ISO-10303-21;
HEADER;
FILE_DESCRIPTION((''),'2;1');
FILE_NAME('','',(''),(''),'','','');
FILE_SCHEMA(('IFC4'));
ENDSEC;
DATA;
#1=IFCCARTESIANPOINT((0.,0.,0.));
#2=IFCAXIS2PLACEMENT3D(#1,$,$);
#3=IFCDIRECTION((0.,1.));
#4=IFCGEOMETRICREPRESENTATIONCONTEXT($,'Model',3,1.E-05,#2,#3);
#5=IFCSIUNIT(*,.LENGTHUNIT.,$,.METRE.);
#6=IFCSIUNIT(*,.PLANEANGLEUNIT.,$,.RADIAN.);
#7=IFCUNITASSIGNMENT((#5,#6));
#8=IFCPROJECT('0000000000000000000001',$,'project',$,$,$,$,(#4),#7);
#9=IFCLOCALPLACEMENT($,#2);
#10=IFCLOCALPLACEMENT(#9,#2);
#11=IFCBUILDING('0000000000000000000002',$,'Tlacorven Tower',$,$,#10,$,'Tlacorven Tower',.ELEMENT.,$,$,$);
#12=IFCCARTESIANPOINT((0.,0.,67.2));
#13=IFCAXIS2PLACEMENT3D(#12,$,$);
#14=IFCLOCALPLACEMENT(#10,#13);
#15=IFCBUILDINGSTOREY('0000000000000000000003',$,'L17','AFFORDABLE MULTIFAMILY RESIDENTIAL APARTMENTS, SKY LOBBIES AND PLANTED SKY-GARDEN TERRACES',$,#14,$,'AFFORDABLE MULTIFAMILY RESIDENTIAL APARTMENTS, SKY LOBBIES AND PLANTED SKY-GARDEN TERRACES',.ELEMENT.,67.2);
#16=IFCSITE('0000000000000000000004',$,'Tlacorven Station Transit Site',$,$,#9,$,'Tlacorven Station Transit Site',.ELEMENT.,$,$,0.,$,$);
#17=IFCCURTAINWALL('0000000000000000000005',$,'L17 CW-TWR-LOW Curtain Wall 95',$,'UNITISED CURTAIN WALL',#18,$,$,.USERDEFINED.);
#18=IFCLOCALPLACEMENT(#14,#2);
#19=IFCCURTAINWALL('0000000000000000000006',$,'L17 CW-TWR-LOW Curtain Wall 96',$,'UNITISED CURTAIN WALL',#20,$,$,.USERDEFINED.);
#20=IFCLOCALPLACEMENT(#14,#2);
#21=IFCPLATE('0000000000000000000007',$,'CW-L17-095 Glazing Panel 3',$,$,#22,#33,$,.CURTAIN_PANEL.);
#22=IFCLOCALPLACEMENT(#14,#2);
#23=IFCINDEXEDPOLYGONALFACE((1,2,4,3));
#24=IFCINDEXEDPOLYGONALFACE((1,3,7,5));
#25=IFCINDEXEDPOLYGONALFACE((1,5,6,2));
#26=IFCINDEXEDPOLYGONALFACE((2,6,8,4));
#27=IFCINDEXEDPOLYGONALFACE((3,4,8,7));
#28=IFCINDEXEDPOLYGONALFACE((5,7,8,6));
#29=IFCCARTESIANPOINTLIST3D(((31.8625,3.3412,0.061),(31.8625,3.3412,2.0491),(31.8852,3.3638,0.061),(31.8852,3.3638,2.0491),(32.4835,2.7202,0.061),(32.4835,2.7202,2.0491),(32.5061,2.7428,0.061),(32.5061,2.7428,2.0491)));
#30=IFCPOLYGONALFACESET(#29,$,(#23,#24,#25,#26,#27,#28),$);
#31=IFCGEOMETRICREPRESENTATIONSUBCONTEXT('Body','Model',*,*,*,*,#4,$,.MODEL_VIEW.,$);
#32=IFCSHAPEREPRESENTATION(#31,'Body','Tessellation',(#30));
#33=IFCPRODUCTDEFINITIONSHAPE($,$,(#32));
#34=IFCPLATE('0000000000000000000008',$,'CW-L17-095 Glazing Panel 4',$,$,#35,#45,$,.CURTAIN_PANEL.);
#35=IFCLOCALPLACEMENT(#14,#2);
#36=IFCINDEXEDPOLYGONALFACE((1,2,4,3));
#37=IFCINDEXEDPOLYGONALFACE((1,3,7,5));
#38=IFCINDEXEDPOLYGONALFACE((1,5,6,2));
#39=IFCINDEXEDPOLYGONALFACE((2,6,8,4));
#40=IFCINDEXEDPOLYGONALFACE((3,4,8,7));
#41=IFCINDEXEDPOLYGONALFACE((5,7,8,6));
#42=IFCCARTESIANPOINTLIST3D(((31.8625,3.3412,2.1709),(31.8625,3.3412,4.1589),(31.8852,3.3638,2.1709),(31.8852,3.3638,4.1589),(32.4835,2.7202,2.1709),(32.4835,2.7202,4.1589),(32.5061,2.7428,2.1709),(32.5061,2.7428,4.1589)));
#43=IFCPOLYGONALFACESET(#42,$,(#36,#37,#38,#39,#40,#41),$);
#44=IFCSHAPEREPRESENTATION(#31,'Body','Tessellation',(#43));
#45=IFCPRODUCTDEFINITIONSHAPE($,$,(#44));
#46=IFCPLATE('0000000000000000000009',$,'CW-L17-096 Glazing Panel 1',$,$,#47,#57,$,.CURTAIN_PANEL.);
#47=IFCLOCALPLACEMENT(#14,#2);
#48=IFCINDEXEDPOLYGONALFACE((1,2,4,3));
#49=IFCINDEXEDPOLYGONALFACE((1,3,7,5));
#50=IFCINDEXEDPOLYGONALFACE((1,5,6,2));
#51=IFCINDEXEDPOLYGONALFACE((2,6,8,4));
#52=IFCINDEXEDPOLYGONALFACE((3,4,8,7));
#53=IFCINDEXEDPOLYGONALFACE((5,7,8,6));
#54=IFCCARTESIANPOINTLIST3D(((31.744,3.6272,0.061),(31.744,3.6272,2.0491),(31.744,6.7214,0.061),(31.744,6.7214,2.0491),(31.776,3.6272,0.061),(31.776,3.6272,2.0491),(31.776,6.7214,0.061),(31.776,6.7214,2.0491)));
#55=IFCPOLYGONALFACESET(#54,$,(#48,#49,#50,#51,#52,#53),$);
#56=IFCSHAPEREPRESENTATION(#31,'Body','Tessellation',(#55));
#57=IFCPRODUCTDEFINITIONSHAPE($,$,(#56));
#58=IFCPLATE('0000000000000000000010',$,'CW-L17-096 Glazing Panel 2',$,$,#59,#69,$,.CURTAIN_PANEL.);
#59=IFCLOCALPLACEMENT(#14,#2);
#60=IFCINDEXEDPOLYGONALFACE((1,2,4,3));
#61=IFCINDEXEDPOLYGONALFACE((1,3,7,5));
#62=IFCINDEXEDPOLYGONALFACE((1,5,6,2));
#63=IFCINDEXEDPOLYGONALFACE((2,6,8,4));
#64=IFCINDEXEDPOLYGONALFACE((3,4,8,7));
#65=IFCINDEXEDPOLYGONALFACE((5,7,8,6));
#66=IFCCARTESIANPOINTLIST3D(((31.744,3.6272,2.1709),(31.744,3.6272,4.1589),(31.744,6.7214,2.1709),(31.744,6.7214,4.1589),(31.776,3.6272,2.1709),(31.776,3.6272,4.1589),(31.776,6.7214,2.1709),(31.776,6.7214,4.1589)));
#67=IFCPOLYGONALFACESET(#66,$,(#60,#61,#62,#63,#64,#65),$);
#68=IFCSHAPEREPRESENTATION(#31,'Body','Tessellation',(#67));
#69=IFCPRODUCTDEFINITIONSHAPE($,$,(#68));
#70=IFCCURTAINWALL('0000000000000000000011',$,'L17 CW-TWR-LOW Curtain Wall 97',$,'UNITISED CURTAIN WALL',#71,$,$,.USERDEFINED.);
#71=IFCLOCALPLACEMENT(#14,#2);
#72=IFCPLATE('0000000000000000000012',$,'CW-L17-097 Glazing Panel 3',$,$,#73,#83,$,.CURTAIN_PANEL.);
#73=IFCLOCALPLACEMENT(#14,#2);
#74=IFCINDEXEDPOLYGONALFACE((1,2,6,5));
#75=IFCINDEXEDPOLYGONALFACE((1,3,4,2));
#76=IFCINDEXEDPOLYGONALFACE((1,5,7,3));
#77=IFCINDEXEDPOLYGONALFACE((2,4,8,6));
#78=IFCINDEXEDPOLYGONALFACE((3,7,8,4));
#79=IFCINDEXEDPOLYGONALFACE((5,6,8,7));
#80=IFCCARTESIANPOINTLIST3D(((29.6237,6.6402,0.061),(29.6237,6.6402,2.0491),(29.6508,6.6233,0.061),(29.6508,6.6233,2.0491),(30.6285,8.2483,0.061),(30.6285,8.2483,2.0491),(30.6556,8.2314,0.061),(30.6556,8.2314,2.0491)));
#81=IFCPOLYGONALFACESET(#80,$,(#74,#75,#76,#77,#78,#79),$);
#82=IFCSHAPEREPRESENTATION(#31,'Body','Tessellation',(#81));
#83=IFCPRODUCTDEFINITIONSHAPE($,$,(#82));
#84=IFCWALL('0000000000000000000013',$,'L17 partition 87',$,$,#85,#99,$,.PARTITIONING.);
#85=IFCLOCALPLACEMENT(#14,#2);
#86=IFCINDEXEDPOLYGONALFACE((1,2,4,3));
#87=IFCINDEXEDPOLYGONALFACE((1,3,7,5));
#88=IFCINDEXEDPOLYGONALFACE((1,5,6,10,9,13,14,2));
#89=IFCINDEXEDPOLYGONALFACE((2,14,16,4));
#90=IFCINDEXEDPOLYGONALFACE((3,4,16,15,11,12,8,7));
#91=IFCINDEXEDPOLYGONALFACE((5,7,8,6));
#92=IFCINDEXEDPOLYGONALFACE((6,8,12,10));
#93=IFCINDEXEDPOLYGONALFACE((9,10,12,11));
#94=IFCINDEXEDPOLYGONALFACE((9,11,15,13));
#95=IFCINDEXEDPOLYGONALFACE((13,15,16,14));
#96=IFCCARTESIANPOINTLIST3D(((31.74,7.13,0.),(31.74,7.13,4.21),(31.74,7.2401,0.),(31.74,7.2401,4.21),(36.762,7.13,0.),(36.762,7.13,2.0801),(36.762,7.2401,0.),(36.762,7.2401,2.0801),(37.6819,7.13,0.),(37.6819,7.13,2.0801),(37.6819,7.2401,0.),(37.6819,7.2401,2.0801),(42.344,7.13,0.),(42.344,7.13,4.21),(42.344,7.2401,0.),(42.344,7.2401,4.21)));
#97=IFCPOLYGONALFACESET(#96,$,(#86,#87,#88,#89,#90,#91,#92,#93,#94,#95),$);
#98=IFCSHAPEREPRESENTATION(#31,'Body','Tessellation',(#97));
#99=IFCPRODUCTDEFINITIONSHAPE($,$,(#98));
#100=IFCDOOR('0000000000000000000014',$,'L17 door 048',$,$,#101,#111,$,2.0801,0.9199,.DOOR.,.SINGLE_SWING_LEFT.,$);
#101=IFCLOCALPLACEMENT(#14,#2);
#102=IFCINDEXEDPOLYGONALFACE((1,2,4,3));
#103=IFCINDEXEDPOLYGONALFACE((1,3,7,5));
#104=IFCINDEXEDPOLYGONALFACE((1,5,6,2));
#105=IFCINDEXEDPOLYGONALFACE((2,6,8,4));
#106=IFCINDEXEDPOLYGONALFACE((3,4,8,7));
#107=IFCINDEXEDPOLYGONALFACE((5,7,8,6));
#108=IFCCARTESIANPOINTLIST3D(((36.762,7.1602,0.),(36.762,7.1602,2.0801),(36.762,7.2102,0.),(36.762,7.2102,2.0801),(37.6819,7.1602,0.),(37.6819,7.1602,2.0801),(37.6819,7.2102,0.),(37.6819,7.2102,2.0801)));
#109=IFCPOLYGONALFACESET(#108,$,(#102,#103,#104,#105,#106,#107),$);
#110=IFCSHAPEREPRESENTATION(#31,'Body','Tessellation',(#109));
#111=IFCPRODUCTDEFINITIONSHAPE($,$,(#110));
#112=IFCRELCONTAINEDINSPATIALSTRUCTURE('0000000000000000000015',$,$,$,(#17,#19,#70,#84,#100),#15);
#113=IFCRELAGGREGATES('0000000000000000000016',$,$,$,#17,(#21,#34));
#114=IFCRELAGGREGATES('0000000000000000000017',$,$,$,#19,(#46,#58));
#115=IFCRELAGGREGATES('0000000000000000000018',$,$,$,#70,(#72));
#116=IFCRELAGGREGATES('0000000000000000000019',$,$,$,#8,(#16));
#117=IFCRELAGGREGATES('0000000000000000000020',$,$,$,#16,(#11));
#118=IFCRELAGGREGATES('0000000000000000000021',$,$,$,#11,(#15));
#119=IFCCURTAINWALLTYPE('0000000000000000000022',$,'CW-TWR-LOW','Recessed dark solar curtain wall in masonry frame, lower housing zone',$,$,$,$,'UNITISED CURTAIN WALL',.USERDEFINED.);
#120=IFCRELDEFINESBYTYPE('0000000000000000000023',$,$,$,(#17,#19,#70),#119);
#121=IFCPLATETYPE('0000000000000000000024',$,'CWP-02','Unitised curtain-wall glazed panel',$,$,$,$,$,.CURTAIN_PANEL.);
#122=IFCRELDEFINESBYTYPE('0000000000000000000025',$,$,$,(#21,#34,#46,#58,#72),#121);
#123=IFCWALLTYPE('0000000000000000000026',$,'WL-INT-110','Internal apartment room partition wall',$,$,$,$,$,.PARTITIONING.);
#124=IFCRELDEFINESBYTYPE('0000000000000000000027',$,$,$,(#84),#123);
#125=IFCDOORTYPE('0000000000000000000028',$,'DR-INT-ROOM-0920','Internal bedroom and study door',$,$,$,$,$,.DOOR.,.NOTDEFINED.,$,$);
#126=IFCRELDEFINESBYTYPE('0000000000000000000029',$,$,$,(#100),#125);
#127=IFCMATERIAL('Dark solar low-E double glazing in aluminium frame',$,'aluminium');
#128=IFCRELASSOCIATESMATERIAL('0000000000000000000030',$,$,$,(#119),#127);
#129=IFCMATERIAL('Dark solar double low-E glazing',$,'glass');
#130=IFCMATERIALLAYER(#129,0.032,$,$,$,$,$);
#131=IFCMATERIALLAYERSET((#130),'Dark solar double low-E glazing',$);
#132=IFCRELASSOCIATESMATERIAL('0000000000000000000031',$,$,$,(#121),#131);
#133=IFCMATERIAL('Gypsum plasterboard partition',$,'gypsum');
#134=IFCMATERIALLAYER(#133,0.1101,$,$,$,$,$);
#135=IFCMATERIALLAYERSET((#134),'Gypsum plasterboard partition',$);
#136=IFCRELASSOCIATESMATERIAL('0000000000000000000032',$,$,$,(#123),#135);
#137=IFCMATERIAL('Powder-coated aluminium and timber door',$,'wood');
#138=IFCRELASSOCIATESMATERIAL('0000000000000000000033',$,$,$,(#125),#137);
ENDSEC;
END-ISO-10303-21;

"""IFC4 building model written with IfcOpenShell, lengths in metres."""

from ifc_helpers import new_model, si_unit, direction, frame, frame_2d, origin, origin_2d, place, context, subcontext, project, spatial, rectangle, extrude, source, transform, mapped, material, layer, layer_set, type_object, element, fill, aggregate, save


model = new_model("IFC4")

# Units and contexts
model_context = context("Model", 3, precision=1e-05, world=origin(), true_north=direction((0.0, 1.0)))
body_context = subcontext(model_context, "Body", "Model", "MODEL_VIEW")
ifc_project = project(units=[si_unit("LENGTHUNIT", "METRE"), si_unit("PLANEANGLEUNIT", "RADIAN")], contexts=[model_context])

# Site, building, storey
site_placement = place(None, origin())
site = spatial("IfcSite", under=ifc_project, at=site_placement, Name="Tlacorven Station Transit Site", LongName="Tlacorven Station Transit Site", CompositionType="ELEMENT", RefElevation=0.0)
building_placement = place(site_placement, origin())
building = spatial("IfcBuilding", under=site, at=building_placement, Name="Tlacorven Tower", LongName="Tlacorven Tower", CompositionType="ELEMENT")
storey_placement = place(building_placement, frame((0.0, 0.0, 67.2)))
storey = spatial("IfcBuildingStorey", under=building, at=storey_placement, Name="L17", Description="AFFORDABLE MULTIFAMILY RESIDENTIAL APARTMENTS, SKY LOBBIES AND PLANTED SKY-GARDEN TERRACES", LongName="AFFORDABLE MULTIFAMILY RESIDENTIAL APARTMENTS, SKY LOBBIES AND PLANTED SKY-GARDEN TERRACES", CompositionType="ELEMENT", Elevation=67.2)

# Curtain walls
ifc_material_1 = material(Name="Dark solar low-E double glazing in aluminium frame", Category="aluminium")
curtain_wall_type = type_object("IfcCurtainWallType", Name="CW-TWR-LOW", Description="Recessed dark solar curtain wall in masonry frame, lower housing zone", ElementType="UNITISED CURTAIN WALL", PredefinedType="USERDEFINED", material=ifc_material_1)
curtain_wall_1_placement = place(storey_placement, origin())
curtain_wall_1 = element("IfcCurtainWall", 1, at=curtain_wall_1_placement, inside=storey, type_object=curtain_wall_type, Name="L17 CW-TWR-LOW Curtain Wall 95", ObjectType="UNITISED CURTAIN WALL", PredefinedType="USERDEFINED")
curtain_wall_2_placement = place(storey_placement, origin())
curtain_wall_2 = element("IfcCurtainWall", 2, at=curtain_wall_2_placement, inside=storey, type_object=curtain_wall_type, Name="L17 CW-TWR-LOW Curtain Wall 96", ObjectType="UNITISED CURTAIN WALL", PredefinedType="USERDEFINED")

# Plates
ifc_material_2 = material(Name="Dark solar double low-E glazing", Category="glass")
ifc_layer_1 = layer(ifc_material_2, 0.032)
ifc_layer_set_1 = layer_set([ifc_layer_1], Name="Dark solar double low-E glazing")
plate_type_1 = type_object("IfcPlateType", Name="CWP-02", Description="Unitised curtain-wall glazed panel", PredefinedType="CURTAIN_PANEL", material=ifc_layer_set_1)
shared_shape_1 = source(origin(), body_context, "Body", "SweptSolid", [
    extrude(rectangle(XDim=0.8782, YDim=0.032, at=origin_2d()), origin(), (0.0, 0.0, 1.0), 1.988),
])
plate_1_placement = place(storey_placement, frame((32.1843, 3.042, 0.061), z_axis=(0.0, 0.0, 1.0), x_axis=(-0.707107, 0.707107, 0.0)))
plate_1 = element("IfcPlate", 3, at=plate_1_placement, type_object=plate_type_1, Name="CW-L17-095 Glazing Panel 3", PredefinedType="CURTAIN_PANEL", context=body_context, shape_type="MappedRepresentation", body=[
    mapped(shared_shape_1, transform((0.0, 0.0, 0.0), scale=1.0)),
])
plate_2_placement = place(storey_placement, frame((32.1843, 3.042, 2.1709), z_axis=(0.0, 0.0, 1.0), x_axis=(-0.707107, 0.707107, 0.0)))
plate_2 = element("IfcPlate", 4, at=plate_2_placement, type_object=plate_type_1, Name="CW-L17-095 Glazing Panel 4", PredefinedType="CURTAIN_PANEL", context=body_context, shape_type="MappedRepresentation", body=[
    mapped(shared_shape_1, transform((0.0, 0.0, 0.0), scale=1.0)),
])
aggregate(curtain_wall_1, [plate_1, plate_2])
shared_shape_2 = source(origin(), body_context, "Body", "SweptSolid", [
    extrude(rectangle(XDim=3.0942, YDim=0.032, at=origin_2d()), origin(), (0.0, 0.0, 1.0), 1.988),
])
plate_3_placement = place(storey_placement, frame((31.76, 5.1743, 0.061), z_axis=(0.0, 0.0, 1.0), x_axis=(0.0, 1.0, 0.0)))
plate_3 = element("IfcPlate", 5, at=plate_3_placement, type_object=plate_type_1, Name="CW-L17-096 Glazing Panel 1", PredefinedType="CURTAIN_PANEL", context=body_context, shape_type="MappedRepresentation", body=[
    mapped(shared_shape_2, transform((0.0, 0.0, 0.0), scale=1.0)),
])
plate_4_placement = place(storey_placement, frame((31.76, 5.1743, 2.1709), z_axis=(0.0, 0.0, 1.0), x_axis=(0.0, 1.0, 0.0)))
plate_4 = element("IfcPlate", 6, at=plate_4_placement, type_object=plate_type_1, Name="CW-L17-096 Glazing Panel 2", PredefinedType="CURTAIN_PANEL", context=body_context, shape_type="MappedRepresentation", body=[
    mapped(shared_shape_2, transform((0.0, 0.0, 0.0), scale=1.0)),
])
aggregate(curtain_wall_2, [plate_3, plate_4])

# Curtain wall, plate
curtain_wall_3_placement = place(storey_placement, origin())
curtain_wall_3 = element("IfcCurtainWall", 7, at=curtain_wall_3_placement, inside=storey, type_object=curtain_wall_type, Name="L17 CW-TWR-LOW Curtain Wall 97", ObjectType="UNITISED CURTAIN WALL", PredefinedType="USERDEFINED")
shared_shape_3 = source(origin(), body_context, "Body", "SweptSolid", [
    extrude(rectangle(XDim=1.8962, YDim=0.032, at=origin_2d()), origin(), (0.0, 0.0, 1.0), 1.988),
])
plate_5_placement = place(storey_placement, frame((30.1396, 7.4358, 0.061), z_axis=(0.0, 0.0, 1.0), x_axis=(-0.529919, -0.848048, 0.0)))
plate_5 = element("IfcPlate", 8, at=plate_5_placement, type_object=plate_type_1, Name="CW-L17-097 Glazing Panel 3", PredefinedType="CURTAIN_PANEL", context=body_context, shape_type="MappedRepresentation", body=[
    mapped(shared_shape_3, transform((0.0, 0.0, 0.0), scale=1.0)),
])
aggregate(curtain_wall_3, [plate_5])

# Wall, opening, door
ifc_material_3 = material(Name="Gypsum plasterboard partition", Category="gypsum")
ifc_layer_2 = layer(ifc_material_3, 0.1101)
ifc_layer_set_2 = layer_set([ifc_layer_2], Name="Gypsum plasterboard partition")
wall_type = type_object("IfcWallType", Name="WL-INT-110", Description="Internal apartment room partition wall", PredefinedType="PARTITIONING", material=ifc_layer_set_2)
wall_placement = place(storey_placement, frame((31.74, 7.1851, 0.0), z_axis=(0.0, 0.0, 1.0), x_axis=(1.0, 0.0, 0.0)))
wall = element("IfcWall", 9, at=wall_placement, inside=storey, type_object=wall_type, Name="L17 partition 87", PredefinedType="PARTITIONING", context=body_context, shape_type="SweptSolid", body=[
    extrude(rectangle(XDim=10.604, YDim=0.1101, at=frame_2d((5.302, 0.0))), origin(), (0.0, 0.0, 1.0), 4.21),
])
opening_placement = place(wall_placement, frame((5.022, 0.0, 0.0)))
opening = element("IfcOpeningElement", 10, at=opening_placement, cuts=wall, PredefinedType="OPENING", context=body_context, shape_type="SweptSolid", body=[
    extrude(rectangle(XDim=0.9199, YDim=2.0801, at=frame_2d((0.46, 1.04))), frame((0.0, 0.0649, 0.0), z_axis=(0.0, -1.0, 0.0), x_axis=(1.0, 0.0, 0.0)), (0.0, 0.0, 1.0), 0.1301),
])
ifc_material_4 = material(Name="Powder-coated aluminium and timber door", Category="wood")
door_type = type_object("IfcDoorType", Name="DR-INT-ROOM-0920", Description="Internal bedroom and study door", OperationType="NOTDEFINED", PredefinedType="DOOR", material=ifc_material_4)
shared_shape_4 = source(origin(), body_context, "Body", "SweptSolid", [
    extrude(rectangle(XDim=0.9199, YDim=2.0801, at=frame_2d((0.46, 1.04))), frame((0.0, 0.0249, 0.0), z_axis=(0.0, -1.0, 0.0), x_axis=(1.0, 0.0, 0.0)), (0.0, 0.0, 1.0), 0.05),
])
door_placement = place(opening_placement, frame((0.9199, 0.0, 0.0), z_axis=(0.0, 0.0, 1.0), x_axis=(-1.0, 0.0, 0.0)))
door = element("IfcDoor", 11, at=door_placement, inside=storey, type_object=door_type, Name="L17 door 048", OperationType="SINGLE_SWING_LEFT", OverallHeight=2.0801, OverallWidth=0.9199, PredefinedType="DOOR", context=body_context, shape_type="MappedRepresentation", body=[
    mapped(shared_shape_4, transform((0.0, 0.0, 0.0), scale=1.0)),
])
fill(opening, door)

save(model, "model.ifc")
